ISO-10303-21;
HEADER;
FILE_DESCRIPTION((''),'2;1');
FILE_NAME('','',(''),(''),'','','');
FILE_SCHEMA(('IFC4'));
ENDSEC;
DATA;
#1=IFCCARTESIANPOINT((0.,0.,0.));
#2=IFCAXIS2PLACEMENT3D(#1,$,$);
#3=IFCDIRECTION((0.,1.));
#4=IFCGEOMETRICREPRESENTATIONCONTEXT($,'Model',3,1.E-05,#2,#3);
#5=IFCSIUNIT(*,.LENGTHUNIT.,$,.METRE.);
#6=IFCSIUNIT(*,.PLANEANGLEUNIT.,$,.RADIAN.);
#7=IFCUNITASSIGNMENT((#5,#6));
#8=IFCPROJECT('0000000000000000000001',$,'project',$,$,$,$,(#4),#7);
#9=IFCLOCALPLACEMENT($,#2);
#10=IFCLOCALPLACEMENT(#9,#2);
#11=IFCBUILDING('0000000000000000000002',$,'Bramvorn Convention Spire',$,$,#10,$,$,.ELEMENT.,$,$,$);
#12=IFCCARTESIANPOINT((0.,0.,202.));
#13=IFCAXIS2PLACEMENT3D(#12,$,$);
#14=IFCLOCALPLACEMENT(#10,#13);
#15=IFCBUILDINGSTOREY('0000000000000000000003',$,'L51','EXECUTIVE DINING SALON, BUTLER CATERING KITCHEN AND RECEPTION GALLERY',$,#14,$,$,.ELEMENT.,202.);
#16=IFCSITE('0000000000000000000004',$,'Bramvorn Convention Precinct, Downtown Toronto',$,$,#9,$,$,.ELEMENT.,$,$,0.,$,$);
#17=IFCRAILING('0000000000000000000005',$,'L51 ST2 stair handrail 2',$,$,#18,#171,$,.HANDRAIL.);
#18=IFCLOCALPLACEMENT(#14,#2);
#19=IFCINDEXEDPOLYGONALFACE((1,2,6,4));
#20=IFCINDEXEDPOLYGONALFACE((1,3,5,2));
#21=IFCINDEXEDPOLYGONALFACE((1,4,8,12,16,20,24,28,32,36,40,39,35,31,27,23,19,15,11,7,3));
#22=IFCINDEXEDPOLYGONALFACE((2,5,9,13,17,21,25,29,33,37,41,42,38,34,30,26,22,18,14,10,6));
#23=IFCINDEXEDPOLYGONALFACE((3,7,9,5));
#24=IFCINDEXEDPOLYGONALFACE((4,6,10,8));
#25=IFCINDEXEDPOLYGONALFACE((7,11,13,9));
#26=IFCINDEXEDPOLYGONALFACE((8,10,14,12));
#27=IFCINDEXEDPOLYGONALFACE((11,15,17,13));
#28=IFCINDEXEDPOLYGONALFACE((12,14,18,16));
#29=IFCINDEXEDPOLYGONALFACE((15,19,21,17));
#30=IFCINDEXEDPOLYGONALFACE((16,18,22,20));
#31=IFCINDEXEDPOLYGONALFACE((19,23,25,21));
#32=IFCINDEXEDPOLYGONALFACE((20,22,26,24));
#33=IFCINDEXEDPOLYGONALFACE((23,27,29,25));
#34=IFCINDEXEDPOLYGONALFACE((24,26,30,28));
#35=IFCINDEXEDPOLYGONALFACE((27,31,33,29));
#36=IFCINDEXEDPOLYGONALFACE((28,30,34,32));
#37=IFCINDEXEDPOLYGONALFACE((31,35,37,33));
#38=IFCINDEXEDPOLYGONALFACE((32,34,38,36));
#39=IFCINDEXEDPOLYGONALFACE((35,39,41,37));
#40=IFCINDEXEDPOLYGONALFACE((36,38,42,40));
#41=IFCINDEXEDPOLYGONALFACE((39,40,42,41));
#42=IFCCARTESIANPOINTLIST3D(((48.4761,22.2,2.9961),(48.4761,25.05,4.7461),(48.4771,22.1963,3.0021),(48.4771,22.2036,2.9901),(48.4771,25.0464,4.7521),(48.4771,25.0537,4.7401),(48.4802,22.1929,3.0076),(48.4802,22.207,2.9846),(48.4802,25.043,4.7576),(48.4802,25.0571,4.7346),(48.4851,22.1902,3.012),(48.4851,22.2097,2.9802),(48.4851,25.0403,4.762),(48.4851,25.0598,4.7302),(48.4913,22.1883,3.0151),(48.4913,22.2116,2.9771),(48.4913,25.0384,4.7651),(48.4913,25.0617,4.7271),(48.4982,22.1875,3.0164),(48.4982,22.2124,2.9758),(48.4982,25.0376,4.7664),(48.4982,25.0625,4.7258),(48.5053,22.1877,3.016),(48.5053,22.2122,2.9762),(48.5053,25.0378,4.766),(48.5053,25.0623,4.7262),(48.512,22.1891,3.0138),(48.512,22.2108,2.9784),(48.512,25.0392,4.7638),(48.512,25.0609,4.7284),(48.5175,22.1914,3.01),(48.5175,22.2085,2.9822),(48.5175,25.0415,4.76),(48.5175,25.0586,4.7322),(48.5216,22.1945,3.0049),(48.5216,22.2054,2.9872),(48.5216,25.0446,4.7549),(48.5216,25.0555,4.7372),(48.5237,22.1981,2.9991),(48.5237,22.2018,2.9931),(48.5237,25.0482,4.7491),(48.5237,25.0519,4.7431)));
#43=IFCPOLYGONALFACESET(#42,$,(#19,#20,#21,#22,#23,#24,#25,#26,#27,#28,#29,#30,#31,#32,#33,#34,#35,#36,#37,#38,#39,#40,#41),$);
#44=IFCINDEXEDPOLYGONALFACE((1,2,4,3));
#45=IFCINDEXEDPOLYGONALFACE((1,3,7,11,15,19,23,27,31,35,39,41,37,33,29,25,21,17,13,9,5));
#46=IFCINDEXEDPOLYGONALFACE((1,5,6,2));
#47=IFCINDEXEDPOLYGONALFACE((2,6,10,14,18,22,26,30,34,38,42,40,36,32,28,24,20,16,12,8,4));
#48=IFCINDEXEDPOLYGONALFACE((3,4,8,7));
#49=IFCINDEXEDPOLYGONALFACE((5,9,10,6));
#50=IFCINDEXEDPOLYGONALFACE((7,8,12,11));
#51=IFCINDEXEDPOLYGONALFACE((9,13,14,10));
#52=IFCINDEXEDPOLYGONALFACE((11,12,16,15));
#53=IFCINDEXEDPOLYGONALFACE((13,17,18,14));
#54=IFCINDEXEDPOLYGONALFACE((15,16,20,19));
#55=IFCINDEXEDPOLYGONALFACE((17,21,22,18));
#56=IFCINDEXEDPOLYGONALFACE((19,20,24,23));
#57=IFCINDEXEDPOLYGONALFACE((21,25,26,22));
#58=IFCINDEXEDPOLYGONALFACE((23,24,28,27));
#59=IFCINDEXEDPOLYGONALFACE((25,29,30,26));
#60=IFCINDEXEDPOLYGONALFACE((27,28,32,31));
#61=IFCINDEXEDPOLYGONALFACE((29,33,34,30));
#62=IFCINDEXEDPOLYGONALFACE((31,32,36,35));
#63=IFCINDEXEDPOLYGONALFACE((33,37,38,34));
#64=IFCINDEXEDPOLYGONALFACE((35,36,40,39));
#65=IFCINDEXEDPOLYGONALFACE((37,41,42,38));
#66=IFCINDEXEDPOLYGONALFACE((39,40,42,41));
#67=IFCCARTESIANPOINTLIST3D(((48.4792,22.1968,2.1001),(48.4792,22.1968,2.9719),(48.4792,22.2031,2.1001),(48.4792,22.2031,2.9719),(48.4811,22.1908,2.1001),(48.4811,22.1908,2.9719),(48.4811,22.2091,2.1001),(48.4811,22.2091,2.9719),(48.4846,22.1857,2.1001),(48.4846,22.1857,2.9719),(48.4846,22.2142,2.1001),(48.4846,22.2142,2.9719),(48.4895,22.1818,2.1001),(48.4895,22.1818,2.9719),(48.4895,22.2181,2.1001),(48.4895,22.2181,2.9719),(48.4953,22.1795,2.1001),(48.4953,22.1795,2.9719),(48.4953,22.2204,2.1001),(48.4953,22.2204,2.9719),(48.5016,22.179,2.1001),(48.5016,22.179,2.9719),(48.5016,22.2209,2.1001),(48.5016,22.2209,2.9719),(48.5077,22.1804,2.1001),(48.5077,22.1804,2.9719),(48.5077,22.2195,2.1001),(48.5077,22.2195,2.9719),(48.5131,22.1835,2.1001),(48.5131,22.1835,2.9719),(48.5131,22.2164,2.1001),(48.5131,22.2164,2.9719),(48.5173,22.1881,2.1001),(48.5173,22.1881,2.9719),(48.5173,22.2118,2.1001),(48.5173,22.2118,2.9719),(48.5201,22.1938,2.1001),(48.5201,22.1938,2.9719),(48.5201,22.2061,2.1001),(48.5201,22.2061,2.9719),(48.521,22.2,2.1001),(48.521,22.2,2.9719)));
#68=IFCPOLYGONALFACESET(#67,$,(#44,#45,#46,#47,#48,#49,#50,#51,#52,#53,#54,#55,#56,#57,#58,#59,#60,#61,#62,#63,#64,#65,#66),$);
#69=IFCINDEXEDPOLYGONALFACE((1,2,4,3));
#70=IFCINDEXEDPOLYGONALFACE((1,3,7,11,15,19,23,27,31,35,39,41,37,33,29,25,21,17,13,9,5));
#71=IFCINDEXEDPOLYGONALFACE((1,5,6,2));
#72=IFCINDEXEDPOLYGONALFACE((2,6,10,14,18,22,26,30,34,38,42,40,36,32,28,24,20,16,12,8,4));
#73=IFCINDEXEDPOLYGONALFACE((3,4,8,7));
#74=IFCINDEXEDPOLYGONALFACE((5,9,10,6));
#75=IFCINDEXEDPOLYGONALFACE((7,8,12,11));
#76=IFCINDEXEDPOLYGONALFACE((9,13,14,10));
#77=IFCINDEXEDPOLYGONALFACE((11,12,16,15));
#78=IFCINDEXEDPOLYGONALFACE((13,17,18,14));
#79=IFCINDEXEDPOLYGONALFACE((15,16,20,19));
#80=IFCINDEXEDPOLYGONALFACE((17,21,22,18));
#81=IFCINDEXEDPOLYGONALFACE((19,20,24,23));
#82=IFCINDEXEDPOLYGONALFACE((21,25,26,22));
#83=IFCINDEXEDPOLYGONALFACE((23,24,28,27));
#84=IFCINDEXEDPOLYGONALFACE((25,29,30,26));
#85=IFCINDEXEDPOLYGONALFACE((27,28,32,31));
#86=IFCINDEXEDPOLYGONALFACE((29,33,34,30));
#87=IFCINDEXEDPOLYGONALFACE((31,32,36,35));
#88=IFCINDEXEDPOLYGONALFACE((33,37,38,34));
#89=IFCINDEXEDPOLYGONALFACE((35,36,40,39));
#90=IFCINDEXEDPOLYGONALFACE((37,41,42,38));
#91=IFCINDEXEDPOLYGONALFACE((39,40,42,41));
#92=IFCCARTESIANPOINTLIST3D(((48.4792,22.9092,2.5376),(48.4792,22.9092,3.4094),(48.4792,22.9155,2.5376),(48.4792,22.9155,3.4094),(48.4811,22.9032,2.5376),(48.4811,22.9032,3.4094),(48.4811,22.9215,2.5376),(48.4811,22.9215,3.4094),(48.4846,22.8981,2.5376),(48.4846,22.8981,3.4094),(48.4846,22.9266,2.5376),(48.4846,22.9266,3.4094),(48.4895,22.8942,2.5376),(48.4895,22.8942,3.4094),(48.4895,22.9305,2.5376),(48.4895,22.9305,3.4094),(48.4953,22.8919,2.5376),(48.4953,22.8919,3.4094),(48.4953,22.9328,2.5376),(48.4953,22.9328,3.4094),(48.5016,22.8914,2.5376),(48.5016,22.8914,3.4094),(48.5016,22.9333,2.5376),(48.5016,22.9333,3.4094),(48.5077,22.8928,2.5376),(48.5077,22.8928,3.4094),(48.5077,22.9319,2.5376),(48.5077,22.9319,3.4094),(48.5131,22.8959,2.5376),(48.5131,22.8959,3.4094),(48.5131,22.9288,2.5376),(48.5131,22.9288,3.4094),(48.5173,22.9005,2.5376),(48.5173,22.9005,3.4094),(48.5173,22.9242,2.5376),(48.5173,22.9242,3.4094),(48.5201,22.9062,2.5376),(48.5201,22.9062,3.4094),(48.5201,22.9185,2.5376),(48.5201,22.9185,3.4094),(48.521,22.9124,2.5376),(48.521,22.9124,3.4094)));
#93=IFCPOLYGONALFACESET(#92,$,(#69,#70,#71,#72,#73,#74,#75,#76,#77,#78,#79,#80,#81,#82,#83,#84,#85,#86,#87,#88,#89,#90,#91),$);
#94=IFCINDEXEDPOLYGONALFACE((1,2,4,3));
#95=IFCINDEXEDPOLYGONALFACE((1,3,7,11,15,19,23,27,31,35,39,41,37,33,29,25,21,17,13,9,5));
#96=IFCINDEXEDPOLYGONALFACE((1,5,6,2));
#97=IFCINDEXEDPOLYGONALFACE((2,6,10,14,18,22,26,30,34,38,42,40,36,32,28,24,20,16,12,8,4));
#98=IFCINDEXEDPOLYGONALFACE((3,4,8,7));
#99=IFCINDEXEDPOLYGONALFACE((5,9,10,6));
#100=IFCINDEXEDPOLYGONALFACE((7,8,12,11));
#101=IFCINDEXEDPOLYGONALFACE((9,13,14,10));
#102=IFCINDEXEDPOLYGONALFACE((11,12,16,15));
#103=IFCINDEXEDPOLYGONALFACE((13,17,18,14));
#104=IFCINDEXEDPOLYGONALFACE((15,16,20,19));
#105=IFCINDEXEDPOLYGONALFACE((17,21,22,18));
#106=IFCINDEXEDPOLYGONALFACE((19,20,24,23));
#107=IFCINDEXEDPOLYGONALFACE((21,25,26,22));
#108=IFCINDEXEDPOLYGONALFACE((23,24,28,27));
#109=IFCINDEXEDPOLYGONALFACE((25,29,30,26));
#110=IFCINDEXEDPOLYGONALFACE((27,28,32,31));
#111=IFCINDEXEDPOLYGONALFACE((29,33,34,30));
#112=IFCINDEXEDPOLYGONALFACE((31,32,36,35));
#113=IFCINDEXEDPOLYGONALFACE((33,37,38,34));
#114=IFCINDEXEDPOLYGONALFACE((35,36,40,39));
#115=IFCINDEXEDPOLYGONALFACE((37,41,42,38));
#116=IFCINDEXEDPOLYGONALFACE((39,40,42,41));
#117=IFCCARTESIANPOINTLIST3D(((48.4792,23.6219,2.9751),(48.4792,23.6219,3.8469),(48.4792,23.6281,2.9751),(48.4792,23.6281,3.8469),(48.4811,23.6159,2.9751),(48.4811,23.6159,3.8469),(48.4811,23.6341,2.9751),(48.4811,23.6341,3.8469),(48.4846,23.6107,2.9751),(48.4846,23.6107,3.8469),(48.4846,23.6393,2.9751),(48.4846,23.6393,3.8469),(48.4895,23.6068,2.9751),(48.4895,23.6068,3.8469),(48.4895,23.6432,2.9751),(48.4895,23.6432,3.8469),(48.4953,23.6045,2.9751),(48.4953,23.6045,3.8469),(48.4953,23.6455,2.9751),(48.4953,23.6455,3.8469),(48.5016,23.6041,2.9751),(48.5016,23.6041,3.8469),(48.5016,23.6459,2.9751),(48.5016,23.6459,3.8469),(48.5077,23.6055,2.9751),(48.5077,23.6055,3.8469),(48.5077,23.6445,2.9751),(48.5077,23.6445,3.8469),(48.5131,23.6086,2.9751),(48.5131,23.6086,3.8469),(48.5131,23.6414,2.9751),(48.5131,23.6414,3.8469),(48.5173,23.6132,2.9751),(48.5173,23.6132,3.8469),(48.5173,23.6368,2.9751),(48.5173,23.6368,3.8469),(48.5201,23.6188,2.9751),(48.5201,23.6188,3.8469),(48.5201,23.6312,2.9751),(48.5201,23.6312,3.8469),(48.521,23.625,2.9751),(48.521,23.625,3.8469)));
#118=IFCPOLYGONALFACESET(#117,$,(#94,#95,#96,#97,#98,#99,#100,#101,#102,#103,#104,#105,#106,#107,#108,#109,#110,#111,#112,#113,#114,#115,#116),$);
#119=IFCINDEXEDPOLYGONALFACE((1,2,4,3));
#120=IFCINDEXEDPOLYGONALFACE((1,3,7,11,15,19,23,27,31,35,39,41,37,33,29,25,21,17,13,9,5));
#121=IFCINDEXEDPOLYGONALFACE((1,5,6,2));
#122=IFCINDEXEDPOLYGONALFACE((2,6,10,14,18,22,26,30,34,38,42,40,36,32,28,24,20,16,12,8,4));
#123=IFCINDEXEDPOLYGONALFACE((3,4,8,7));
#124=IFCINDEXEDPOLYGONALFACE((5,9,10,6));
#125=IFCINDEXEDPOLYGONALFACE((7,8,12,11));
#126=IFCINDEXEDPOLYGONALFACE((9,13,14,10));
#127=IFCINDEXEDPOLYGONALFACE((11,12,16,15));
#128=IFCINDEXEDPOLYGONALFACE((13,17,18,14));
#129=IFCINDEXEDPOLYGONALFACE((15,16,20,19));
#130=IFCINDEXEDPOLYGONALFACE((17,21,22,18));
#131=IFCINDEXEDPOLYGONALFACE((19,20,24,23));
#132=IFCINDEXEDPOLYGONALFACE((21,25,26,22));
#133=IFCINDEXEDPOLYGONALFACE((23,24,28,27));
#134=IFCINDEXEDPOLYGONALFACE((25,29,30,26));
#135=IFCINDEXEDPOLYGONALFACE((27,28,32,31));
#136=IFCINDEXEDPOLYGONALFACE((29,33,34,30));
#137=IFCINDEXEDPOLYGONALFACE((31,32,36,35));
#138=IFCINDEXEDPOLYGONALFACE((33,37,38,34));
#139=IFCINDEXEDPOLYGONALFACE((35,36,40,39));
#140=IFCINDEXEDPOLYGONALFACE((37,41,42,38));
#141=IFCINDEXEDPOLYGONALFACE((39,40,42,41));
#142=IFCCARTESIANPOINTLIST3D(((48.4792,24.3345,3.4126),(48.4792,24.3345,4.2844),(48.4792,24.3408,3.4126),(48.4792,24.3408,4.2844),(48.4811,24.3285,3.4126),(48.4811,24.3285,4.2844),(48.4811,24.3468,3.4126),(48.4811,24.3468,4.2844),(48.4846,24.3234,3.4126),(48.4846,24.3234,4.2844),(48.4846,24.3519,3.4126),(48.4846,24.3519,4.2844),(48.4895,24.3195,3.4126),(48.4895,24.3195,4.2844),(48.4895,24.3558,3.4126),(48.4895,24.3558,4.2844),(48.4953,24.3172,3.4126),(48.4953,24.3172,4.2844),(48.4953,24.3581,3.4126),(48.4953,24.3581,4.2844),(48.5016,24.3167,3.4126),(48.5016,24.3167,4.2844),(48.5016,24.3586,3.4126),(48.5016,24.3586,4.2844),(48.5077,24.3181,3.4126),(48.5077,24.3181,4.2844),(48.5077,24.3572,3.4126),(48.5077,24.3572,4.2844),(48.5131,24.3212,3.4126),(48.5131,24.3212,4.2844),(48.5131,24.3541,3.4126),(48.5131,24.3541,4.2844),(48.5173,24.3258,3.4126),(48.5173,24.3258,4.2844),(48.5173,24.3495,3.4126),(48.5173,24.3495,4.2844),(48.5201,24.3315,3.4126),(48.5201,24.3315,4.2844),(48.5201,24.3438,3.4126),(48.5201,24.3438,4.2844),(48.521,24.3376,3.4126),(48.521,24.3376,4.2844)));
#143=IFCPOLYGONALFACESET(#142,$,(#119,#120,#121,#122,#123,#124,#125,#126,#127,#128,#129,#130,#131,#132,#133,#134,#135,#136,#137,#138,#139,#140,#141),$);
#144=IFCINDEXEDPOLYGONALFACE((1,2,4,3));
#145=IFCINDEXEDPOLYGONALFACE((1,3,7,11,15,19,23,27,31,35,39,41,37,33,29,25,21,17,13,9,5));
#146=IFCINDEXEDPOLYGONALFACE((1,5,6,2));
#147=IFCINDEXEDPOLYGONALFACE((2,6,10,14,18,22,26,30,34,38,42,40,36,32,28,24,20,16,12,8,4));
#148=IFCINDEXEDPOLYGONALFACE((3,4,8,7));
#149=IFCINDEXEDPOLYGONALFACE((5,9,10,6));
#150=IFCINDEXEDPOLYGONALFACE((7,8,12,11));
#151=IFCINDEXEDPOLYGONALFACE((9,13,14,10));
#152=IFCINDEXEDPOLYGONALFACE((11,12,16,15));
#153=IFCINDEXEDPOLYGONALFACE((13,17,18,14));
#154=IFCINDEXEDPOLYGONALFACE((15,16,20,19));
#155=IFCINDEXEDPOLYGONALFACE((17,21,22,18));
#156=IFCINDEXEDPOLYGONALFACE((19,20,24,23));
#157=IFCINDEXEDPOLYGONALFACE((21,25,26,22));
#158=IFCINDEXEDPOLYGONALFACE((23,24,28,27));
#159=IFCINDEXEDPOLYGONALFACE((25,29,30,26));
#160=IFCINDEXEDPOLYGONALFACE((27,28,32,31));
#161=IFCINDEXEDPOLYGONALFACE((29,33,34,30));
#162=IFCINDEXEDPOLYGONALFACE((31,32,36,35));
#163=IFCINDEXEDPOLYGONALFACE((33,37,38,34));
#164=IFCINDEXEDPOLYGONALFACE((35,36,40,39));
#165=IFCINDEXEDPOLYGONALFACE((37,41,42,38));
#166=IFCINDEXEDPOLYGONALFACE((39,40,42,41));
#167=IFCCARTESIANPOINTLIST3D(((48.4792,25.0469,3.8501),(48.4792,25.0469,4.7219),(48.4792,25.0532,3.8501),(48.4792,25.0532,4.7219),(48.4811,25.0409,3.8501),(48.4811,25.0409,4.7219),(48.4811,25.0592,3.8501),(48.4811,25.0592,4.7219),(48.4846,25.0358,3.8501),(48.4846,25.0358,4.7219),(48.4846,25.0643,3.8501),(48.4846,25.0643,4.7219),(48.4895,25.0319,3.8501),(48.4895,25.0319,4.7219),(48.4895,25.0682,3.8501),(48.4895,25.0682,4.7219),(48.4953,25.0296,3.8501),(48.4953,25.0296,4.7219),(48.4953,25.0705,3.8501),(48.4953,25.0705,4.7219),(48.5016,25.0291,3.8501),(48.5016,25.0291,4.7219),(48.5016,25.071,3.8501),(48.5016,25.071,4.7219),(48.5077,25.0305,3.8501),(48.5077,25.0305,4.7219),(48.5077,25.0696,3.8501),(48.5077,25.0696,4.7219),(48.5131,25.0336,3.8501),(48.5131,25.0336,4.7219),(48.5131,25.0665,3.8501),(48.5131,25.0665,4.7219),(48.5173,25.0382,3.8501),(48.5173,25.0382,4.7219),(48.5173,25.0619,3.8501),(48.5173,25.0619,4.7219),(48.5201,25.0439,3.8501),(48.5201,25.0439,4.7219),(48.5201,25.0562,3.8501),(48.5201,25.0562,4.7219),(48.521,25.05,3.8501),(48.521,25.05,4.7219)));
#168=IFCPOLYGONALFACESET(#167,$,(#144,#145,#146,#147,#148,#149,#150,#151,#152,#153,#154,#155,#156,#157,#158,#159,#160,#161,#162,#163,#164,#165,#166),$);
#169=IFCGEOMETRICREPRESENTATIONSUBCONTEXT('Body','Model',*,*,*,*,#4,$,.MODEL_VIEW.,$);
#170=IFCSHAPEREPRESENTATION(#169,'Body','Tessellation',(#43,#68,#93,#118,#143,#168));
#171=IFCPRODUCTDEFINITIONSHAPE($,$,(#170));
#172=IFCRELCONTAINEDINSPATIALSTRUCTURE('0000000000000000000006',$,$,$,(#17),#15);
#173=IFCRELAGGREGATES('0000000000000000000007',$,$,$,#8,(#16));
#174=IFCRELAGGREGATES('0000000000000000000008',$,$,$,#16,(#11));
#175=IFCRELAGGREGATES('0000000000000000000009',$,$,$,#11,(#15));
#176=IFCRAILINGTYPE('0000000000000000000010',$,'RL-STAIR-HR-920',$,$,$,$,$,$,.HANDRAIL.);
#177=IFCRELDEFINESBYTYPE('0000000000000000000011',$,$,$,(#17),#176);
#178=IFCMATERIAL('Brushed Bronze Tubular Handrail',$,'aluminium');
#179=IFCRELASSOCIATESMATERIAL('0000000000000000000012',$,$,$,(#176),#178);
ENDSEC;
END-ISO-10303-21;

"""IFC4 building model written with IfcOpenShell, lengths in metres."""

from ifc_helpers import new_model, si_unit, direction, frame, origin, origin_2d, place, context, subcontext, project, spatial, circle, extrude, material, type_object, element, save


model = new_model("IFC4")

# Units and contexts
model_context = context("Model", 3, precision=1e-05, world=origin(), true_north=direction((0.0, 1.0)))
body_context = subcontext(model_context, "Body", "Model", "MODEL_VIEW")
ifc_project = project(units=[si_unit("LENGTHUNIT", "METRE"), si_unit("PLANEANGLEUNIT", "RADIAN")], contexts=[model_context])

# Site, building, storey
site_placement = place(None, origin())
site = spatial("IfcSite", under=ifc_project, at=site_placement, Name="Bramvorn Convention Precinct, Downtown Toronto", CompositionType="ELEMENT", RefElevation=0.0)
building_placement = place(site_placement, origin())
building = spatial("IfcBuilding", under=site, at=building_placement, Name="Bramvorn Convention Spire", CompositionType="ELEMENT")
storey_placement = place(building_placement, frame((0.0, 0.0, 202.0)))
storey = spatial("IfcBuildingStorey", under=building, at=storey_placement, Name="L51", Description="EXECUTIVE DINING SALON, BUTLER CATERING KITCHEN AND RECEPTION GALLERY", CompositionType="ELEMENT", Elevation=202.0)

# Railing
ifc_material_1 = material(Name="Brushed Bronze Tubular Handrail", Category="aluminium")
railing_type_1 = type_object("IfcRailingType", Name="RL-STAIR-HR-920", PredefinedType="HANDRAIL", material=ifc_material_1)
railing_1_placement = place(storey_placement, frame((48.5, 22.2, 2.1001)))
element("IfcRailing", 1, at=railing_1_placement, inside=storey, type_object=railing_type_1, Name="L51 ST2 stair handrail 2", PredefinedType="HANDRAIL", context=body_context, shape_type="SweptSolid", body=[
    extrude(circle(Radius=0.0239, at=origin_2d()), frame((0.0, 0.0, 0.896), z_axis=(0.0, 0.852179, 0.52325), x_axis=(-1.0, 0.0, 0.0)), (0.0, 0.0, 1.0), 3.3445),
    extrude(circle(Radius=0.021, at=origin_2d()), origin(), (0.0, 0.0, 1.0), 0.8718),
    extrude(circle(Radius=0.021, at=origin_2d()), frame((0.0, 0.7124, 0.4375)), (0.0, 0.0, 1.0), 0.8718),
    extrude(circle(Radius=0.021, at=origin_2d()), frame((0.0, 1.425, 0.875)), (0.0, 0.0, 1.0), 0.8718),
    extrude(circle(Radius=0.021, at=origin_2d()), frame((0.0, 2.1377, 1.3125)), (0.0, 0.0, 1.0), 0.8718),
    extrude(circle(Radius=0.021, at=origin_2d()), frame((0.0, 2.8501, 1.75)), (0.0, 0.0, 1.0), 0.8718),
])

save(model, "model.ifc")
